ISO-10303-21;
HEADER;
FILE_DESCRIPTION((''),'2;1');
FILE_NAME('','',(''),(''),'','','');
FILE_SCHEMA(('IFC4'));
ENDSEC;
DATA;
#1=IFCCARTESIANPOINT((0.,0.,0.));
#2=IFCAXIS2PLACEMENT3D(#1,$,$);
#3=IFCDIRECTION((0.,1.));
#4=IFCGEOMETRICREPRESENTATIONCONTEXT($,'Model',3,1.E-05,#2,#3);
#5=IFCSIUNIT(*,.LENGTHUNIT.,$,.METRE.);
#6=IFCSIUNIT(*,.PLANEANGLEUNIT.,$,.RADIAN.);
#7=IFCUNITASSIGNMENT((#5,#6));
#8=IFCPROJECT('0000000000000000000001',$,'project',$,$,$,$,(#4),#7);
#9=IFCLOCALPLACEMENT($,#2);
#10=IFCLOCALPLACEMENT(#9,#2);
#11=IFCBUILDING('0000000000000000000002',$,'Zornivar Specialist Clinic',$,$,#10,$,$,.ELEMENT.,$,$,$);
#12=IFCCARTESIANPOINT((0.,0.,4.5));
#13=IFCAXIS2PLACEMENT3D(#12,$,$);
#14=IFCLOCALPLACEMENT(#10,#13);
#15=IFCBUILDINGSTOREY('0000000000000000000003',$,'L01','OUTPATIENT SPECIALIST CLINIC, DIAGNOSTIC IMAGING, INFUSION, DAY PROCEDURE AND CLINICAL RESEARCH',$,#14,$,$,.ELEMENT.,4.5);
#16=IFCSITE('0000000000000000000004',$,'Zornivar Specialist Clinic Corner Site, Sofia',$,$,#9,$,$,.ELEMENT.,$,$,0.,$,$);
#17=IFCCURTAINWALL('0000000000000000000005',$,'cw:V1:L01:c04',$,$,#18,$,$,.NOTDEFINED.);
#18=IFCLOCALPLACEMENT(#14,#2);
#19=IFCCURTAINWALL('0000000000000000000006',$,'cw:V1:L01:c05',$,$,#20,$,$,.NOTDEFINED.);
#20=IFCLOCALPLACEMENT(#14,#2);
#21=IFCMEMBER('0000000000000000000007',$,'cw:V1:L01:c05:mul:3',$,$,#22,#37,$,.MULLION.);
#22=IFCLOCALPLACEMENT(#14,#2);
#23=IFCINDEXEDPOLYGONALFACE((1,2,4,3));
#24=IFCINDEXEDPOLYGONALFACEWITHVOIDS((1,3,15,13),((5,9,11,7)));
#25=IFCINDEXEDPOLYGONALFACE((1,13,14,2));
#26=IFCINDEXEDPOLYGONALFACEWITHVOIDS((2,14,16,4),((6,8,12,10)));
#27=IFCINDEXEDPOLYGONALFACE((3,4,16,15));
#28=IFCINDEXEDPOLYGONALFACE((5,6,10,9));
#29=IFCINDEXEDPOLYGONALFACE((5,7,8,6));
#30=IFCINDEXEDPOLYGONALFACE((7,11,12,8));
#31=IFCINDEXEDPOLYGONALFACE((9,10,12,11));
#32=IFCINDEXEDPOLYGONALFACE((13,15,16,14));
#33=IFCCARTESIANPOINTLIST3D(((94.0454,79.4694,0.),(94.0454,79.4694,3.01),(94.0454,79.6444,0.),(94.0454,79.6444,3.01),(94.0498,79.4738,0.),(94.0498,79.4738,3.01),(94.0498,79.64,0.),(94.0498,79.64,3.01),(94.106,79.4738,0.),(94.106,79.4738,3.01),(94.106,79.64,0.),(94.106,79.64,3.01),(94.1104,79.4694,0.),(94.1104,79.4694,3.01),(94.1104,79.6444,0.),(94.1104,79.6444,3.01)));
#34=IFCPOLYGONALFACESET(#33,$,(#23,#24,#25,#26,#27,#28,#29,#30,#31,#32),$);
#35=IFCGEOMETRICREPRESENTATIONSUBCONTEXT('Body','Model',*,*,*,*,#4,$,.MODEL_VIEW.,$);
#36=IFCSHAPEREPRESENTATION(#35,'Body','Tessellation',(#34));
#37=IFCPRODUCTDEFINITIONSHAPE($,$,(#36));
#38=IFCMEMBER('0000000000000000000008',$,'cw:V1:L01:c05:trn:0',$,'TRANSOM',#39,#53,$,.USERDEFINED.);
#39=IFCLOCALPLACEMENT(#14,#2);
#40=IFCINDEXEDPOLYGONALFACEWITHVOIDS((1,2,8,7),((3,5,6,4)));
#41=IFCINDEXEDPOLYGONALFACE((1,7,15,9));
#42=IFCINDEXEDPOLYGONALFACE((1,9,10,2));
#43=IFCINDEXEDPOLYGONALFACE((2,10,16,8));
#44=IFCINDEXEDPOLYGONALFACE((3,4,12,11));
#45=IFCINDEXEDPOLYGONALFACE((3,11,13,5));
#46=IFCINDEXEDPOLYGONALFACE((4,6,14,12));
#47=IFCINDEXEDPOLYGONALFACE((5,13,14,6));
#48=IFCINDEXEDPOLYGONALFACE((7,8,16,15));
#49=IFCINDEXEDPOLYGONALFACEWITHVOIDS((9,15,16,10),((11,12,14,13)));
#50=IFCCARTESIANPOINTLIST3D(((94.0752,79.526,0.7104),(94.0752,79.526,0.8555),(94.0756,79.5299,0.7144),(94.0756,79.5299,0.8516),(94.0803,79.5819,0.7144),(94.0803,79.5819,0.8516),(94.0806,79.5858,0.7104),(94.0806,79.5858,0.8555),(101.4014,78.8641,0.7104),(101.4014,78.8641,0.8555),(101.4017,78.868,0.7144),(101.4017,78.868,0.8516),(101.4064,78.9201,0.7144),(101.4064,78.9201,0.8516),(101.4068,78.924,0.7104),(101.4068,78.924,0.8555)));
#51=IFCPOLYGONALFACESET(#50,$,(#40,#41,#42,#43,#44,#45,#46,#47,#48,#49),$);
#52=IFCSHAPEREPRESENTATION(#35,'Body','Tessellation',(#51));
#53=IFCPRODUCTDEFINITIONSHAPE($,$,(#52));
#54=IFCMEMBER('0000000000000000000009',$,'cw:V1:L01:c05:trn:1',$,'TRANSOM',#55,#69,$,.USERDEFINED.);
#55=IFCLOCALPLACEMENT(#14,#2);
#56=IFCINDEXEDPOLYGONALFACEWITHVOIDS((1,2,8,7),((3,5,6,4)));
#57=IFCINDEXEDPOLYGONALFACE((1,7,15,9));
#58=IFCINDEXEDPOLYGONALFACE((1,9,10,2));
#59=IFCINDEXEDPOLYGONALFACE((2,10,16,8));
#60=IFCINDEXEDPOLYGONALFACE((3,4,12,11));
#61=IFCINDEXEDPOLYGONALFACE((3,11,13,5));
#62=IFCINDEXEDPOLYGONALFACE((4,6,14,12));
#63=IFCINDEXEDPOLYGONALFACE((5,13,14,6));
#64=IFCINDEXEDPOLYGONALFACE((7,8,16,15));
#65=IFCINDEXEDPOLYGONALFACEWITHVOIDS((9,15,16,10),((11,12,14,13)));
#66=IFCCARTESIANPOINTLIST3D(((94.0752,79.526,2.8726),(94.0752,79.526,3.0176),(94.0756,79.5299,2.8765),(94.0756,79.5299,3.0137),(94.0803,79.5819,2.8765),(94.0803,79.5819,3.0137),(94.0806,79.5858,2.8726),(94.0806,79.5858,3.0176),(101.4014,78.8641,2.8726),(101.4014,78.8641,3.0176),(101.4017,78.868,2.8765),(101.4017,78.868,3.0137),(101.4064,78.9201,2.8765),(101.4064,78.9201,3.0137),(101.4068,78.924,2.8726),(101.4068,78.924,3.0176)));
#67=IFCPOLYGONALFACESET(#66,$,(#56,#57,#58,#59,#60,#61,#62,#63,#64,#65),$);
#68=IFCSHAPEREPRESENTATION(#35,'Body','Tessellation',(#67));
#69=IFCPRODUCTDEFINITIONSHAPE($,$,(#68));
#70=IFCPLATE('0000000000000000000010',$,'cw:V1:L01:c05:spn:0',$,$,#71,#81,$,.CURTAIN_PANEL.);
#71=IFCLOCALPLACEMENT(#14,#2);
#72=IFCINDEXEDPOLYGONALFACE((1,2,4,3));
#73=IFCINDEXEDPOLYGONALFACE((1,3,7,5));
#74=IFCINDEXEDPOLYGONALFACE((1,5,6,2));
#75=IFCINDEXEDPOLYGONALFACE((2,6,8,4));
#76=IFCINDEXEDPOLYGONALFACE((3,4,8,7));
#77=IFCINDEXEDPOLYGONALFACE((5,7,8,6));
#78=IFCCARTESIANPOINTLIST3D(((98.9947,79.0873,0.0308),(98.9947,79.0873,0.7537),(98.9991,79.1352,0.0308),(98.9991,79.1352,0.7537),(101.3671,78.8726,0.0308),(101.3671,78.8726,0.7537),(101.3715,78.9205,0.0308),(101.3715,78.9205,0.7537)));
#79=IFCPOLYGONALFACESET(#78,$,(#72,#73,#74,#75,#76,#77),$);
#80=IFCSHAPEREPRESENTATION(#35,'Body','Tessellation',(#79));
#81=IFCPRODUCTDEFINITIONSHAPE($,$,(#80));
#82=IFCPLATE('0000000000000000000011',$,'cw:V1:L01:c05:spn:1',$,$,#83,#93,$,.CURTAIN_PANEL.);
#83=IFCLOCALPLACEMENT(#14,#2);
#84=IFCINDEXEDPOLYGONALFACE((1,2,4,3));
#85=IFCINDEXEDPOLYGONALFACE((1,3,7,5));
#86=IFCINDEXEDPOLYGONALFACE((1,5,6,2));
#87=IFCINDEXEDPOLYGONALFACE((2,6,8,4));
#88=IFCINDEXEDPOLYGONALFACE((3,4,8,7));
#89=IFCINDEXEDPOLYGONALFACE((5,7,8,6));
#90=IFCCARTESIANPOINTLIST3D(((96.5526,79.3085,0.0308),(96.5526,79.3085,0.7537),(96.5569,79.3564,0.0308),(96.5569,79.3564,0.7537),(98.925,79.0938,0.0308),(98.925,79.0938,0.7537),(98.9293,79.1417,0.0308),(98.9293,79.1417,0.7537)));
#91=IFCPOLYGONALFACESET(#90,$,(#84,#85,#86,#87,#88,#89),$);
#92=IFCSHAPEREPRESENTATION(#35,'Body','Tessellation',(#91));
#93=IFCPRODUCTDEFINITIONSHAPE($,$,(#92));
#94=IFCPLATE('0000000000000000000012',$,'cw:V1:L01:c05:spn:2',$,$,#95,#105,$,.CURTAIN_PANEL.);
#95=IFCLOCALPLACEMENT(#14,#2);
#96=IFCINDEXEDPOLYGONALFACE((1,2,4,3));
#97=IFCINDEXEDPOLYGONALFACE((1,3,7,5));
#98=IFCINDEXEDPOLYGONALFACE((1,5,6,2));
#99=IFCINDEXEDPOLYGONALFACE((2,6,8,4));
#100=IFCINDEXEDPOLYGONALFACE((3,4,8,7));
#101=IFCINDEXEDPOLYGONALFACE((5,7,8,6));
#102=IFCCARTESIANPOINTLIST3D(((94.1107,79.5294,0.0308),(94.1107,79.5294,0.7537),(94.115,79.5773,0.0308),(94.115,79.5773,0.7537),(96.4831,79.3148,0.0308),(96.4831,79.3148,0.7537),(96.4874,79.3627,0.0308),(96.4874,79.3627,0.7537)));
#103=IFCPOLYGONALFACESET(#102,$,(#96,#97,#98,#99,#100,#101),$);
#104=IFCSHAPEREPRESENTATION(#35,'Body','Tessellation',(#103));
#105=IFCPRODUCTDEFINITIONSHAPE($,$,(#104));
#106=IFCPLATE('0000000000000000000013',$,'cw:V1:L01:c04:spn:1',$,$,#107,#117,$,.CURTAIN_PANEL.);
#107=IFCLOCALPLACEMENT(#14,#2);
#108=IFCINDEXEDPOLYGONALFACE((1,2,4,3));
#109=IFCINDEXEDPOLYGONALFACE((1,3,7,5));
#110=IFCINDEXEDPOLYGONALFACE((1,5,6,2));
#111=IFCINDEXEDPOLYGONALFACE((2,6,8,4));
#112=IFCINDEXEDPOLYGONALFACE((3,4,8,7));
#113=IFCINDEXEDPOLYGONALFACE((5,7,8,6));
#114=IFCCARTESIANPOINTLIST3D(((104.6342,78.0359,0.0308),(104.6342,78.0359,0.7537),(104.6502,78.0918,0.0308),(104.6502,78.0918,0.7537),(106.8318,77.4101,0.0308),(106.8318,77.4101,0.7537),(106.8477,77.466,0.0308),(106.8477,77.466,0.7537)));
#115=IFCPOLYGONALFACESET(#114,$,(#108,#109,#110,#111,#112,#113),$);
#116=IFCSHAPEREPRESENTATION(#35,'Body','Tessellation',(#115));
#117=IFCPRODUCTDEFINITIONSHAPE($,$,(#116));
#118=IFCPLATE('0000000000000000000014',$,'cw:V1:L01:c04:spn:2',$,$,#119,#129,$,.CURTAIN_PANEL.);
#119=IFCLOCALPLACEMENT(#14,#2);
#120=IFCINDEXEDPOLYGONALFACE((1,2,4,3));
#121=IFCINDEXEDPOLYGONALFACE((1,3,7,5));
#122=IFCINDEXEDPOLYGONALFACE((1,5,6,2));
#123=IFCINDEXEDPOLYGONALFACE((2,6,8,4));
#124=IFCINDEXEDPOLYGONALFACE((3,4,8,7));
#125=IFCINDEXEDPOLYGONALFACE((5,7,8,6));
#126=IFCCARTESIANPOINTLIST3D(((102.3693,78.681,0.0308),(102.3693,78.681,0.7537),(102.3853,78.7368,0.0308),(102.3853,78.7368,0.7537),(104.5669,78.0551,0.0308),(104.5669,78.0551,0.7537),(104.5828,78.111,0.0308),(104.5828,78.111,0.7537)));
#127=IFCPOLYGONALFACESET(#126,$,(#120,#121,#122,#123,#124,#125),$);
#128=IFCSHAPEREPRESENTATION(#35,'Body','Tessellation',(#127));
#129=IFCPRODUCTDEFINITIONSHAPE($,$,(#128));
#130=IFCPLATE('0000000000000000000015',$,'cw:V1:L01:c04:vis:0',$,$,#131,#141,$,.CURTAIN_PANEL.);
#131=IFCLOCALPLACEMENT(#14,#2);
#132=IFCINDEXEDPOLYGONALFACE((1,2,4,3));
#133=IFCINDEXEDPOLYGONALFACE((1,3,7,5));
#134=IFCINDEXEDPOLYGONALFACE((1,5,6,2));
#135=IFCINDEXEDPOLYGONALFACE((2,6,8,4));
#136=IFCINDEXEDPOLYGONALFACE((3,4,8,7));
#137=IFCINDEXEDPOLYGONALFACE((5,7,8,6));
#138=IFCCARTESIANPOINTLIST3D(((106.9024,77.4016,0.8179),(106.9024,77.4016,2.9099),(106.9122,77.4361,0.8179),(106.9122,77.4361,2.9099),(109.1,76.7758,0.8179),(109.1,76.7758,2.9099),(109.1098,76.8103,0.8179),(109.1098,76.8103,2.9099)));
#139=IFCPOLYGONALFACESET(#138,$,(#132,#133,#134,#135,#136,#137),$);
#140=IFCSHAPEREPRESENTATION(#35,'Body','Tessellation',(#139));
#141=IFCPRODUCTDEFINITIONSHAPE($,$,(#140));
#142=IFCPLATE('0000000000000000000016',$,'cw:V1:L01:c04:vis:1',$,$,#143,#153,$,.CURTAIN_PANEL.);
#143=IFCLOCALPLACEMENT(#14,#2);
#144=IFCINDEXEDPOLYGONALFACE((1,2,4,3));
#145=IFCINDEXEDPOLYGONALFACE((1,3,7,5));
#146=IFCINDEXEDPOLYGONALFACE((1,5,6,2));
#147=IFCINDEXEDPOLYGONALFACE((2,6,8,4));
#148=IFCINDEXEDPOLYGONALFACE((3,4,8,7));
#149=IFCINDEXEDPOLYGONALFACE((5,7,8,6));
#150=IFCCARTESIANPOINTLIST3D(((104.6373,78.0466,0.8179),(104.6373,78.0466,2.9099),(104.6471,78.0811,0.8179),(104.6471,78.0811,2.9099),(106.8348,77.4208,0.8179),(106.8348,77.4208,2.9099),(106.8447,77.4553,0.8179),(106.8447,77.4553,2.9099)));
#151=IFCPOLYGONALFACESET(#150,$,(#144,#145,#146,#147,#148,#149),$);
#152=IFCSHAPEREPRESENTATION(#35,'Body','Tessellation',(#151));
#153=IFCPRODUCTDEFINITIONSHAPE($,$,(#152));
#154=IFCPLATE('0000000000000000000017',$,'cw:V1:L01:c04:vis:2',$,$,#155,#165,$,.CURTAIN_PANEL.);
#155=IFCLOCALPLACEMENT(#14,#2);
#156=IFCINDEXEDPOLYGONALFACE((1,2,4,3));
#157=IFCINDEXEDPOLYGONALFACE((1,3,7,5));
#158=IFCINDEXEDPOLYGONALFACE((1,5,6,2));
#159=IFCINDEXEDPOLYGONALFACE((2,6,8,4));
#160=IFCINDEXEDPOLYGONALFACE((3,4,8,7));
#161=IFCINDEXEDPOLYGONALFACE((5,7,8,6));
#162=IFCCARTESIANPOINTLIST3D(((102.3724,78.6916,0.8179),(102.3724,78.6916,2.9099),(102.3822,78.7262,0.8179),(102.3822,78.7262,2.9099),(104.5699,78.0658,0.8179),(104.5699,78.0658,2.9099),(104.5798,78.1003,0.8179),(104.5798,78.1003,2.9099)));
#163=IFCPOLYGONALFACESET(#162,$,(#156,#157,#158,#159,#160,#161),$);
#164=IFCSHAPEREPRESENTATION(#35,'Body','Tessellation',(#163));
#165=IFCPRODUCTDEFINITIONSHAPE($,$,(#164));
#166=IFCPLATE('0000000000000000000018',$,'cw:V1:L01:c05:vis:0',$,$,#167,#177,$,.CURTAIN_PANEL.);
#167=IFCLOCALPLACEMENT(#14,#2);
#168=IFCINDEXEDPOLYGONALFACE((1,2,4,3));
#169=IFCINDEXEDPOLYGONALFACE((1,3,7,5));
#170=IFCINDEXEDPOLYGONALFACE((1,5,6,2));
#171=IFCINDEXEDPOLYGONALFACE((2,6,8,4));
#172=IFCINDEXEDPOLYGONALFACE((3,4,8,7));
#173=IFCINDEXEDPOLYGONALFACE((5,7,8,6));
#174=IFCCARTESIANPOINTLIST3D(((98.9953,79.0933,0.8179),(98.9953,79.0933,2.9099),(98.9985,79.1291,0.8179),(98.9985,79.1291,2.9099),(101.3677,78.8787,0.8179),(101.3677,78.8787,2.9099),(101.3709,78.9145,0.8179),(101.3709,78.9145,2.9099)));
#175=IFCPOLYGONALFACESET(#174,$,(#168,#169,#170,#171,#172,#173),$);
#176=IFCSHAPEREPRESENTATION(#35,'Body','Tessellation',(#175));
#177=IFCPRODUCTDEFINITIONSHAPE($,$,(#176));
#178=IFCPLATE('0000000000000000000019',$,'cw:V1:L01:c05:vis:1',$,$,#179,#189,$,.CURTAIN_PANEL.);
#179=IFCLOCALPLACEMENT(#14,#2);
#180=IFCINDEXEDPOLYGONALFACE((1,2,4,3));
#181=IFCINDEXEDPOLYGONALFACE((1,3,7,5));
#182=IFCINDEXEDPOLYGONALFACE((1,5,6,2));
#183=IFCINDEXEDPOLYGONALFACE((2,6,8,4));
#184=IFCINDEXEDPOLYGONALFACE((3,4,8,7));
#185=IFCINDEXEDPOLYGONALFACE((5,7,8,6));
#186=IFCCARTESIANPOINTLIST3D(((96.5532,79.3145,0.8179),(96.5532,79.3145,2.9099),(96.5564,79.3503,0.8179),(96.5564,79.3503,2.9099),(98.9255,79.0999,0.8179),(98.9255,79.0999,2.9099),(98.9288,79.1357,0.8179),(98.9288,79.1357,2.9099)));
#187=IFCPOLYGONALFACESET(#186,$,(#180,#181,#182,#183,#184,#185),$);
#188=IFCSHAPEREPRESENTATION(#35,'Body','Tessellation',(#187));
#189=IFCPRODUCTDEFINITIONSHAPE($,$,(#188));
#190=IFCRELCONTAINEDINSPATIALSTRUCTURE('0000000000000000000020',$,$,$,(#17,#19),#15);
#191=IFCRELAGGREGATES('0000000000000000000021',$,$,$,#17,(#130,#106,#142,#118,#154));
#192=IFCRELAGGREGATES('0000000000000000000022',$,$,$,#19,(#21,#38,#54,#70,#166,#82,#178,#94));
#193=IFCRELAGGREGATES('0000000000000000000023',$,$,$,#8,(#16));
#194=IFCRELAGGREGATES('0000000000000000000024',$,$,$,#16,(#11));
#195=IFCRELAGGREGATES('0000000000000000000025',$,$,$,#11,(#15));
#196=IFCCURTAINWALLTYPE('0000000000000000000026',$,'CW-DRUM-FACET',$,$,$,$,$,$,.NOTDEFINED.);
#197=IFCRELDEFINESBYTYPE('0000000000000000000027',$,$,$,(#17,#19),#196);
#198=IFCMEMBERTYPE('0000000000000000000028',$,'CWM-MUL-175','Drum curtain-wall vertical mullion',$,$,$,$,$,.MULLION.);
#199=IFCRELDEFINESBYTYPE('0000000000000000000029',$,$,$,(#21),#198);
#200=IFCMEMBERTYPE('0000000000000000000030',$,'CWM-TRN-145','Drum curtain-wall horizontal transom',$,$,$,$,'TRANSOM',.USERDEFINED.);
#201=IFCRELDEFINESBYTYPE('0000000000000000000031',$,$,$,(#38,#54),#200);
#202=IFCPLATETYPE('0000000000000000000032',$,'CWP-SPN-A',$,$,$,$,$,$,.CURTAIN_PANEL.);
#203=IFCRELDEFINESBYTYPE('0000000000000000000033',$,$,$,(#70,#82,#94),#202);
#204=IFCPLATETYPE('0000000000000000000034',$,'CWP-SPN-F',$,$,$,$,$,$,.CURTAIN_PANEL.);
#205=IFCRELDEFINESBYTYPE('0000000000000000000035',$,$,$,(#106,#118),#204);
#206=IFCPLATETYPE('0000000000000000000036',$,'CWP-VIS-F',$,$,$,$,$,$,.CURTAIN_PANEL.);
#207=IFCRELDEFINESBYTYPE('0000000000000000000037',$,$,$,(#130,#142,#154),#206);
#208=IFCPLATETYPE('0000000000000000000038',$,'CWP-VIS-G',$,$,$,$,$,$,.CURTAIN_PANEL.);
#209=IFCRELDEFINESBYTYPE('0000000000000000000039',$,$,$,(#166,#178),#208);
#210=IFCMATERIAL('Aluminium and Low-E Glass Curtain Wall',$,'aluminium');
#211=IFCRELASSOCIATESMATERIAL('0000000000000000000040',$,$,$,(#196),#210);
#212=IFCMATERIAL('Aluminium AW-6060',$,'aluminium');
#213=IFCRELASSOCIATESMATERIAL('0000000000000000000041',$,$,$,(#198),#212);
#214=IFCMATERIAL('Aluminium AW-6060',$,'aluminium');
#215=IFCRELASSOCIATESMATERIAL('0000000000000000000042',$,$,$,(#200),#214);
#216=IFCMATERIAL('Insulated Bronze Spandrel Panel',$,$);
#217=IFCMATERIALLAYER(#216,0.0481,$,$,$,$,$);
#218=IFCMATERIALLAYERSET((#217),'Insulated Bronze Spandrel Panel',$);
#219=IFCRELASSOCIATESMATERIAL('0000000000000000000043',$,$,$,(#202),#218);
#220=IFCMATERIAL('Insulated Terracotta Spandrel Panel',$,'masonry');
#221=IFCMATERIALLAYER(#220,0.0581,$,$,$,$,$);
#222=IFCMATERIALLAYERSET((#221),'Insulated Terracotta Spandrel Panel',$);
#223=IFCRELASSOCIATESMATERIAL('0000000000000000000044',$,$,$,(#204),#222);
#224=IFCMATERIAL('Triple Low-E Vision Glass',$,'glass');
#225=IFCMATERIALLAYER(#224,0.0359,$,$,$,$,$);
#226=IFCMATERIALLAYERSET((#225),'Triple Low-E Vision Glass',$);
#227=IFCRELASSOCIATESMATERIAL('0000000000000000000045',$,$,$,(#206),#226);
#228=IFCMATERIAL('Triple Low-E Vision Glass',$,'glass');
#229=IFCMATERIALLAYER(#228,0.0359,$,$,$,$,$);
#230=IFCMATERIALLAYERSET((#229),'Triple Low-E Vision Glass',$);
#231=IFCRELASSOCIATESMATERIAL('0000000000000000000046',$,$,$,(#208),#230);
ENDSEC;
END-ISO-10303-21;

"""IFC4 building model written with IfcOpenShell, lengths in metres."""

from ifc_helpers import new_model, si_unit, direction, frame, origin, origin_2d, place, context, subcontext, project, spatial, rectangle, hollow_rectangle, extrude, material, layer, layer_set, material_profile, profile_set, type_object, element, aggregate, save


model = new_model("IFC4")

# Units and contexts
model_context = context("Model", 3, precision=1e-05, world=origin(), true_north=direction((0.0, 1.0)))
body_context = subcontext(model_context, "Body", "Model", "MODEL_VIEW")
ifc_project = project(units=[si_unit("LENGTHUNIT", "METRE"), si_unit("PLANEANGLEUNIT", "RADIAN")], contexts=[model_context])

# Site, building, storey
site_placement = place(None, origin())
site = spatial("IfcSite", under=ifc_project, at=site_placement, Name="Zornivar Specialist Clinic Corner Site, Sofia", CompositionType="ELEMENT", RefElevation=0.0)
building_placement = place(site_placement, origin())
building = spatial("IfcBuilding", under=site, at=building_placement, Name="Zornivar Specialist Clinic", CompositionType="ELEMENT")
storey_placement = place(building_placement, frame((0.0, 0.0, 4.5)))
storey = spatial("IfcBuildingStorey", under=building, at=storey_placement, Name="L01", Description="OUTPATIENT SPECIALIST CLINIC, DIAGNOSTIC IMAGING, INFUSION, DAY PROCEDURE AND CLINICAL RESEARCH", CompositionType="ELEMENT", Elevation=4.5)

# Curtain wall
ifc_material_1 = material(Name="Aluminium and Low-E Glass Curtain Wall", Category="aluminium")
curtain_wall_type = type_object("IfcCurtainWallType", Name="CW-DRUM-FACET", PredefinedType="NOTDEFINED", material=ifc_material_1)
curtain_wall_1_placement = place(storey_placement, origin())
curtain_wall_1 = element("IfcCurtainWall", 1, at=curtain_wall_1_placement, inside=storey, type_object=curtain_wall_type, Name="cw:V1:L01:c04", PredefinedType="NOTDEFINED")
ifc_material_2 = material(Name="Aluminium AW-6060", Category="aluminium")
ifc_material_profile_1 = material_profile(ifc_material_2, hollow_rectangle(XDim=0.0649, YDim=0.175, WallThickness=0.0044, at=origin_2d()), Name="ALU 65x175x4.5")
ifc_profile_set_1 = profile_set([ifc_material_profile_1], Name="Aluminium AW-6060")
member_type_1 = type_object("IfcMemberType", Name="CWM-MUL-175", Description="Drum curtain-wall vertical mullion", PredefinedType="MULLION", material=ifc_profile_set_1)

# Curtain wall, members, plates
curtain_wall_2_placement = place(storey_placement, origin())
curtain_wall_2 = element("IfcCurtainWall", 2, at=curtain_wall_2_placement, inside=storey, type_object=curtain_wall_type, Name="cw:V1:L01:c05", PredefinedType="NOTDEFINED")
member_1_placement = place(storey_placement, frame((94.0779, 79.5569, 0.0), z_axis=(0.0, 0.0, 1.0), x_axis=(1.0, 0.0, 0.0)))
member_1 = element("IfcMember", 3, at=member_1_placement, type_object=member_type_1, Name="cw:V1:L01:c05:mul:3", PredefinedType="MULLION", context=body_context, shape_type="SweptSolid", body=[
    extrude(hollow_rectangle(XDim=0.0649, YDim=0.175, WallThickness=0.0044, at=origin_2d()), origin(), (0.0, 0.0, 1.0), 3.01),
])
ifc_material_3 = material(Name="Aluminium AW-6060", Category="aluminium")
ifc_material_profile_2 = material_profile(ifc_material_3, hollow_rectangle(XDim=0.0601, YDim=0.145, WallThickness=0.0039, at=origin_2d()), Name="ALU 60x145x4")
ifc_profile_set_2 = profile_set([ifc_material_profile_2], Name="Aluminium AW-6060")
member_type_2 = type_object("IfcMemberType", Name="CWM-TRN-145", Description="Drum curtain-wall horizontal transom", ElementType="TRANSOM", PredefinedType="USERDEFINED", material=ifc_profile_set_2)
member_2_placement = place(storey_placement, frame((101.4041, 78.894, 0.783), z_axis=(-0.995944, 0.089976, 0.0), x_axis=(-0.089976, -0.995944, 0.0)))
member_2 = element("IfcMember", 4, at=member_2_placement, type_object=member_type_2, Name="cw:V1:L01:c05:trn:0", ObjectType="TRANSOM", PredefinedType="USERDEFINED", context=body_context, shape_type="SweptSolid", body=[
    extrude(hollow_rectangle(XDim=0.0601, YDim=0.145, WallThickness=0.0039, at=origin_2d()), origin(), (0.0, 0.0, 1.0), 7.356),
])
member_3_placement = place(storey_placement, frame((101.4041, 78.894, 2.9451), z_axis=(-0.995944, 0.089976, 0.0), x_axis=(-0.089976, -0.995944, 0.0)))
member_3 = element("IfcMember", 5, at=member_3_placement, type_object=member_type_2, Name="cw:V1:L01:c05:trn:1", ObjectType="TRANSOM", PredefinedType="USERDEFINED", context=body_context, shape_type="SweptSolid", body=[
    extrude(hollow_rectangle(XDim=0.0601, YDim=0.145, WallThickness=0.0039, at=origin_2d()), origin(), (0.0, 0.0, 1.0), 7.356),
])
ifc_material_4 = material(Name="Insulated Bronze Spandrel Panel")
ifc_layer_1 = layer(ifc_material_4, 0.0481)
ifc_layer_set_1 = layer_set([ifc_layer_1], Name="Insulated Bronze Spandrel Panel")
plate_type_1 = type_object("IfcPlateType", Name="CWP-SPN-A", PredefinedType="CURTAIN_PANEL", material=ifc_layer_set_1)
plate_1_placement = place(storey_placement, frame((100.1831, 79.0039, 0.0308), z_axis=(0.0, 0.0, 1.0), x_axis=(-0.995933, 0.090099, 0.0)))
plate_1 = element("IfcPlate", 6, at=plate_1_placement, type_object=plate_type_1, Name="cw:V1:L01:c05:spn:0", PredefinedType="CURTAIN_PANEL", context=body_context, shape_type="SweptSolid", body=[
    extrude(rectangle(XDim=2.3821, YDim=0.0481, at=origin_2d()), origin(), (0.0, 0.0, 1.0), 0.7229),
])
plate_2_placement = place(storey_placement, frame((97.741, 79.2251, 0.0308), z_axis=(0.0, 0.0, 1.0), x_axis=(-0.995933, 0.090099, 0.0)))
plate_2 = element("IfcPlate", 7, at=plate_2_placement, type_object=plate_type_1, Name="cw:V1:L01:c05:spn:1", PredefinedType="CURTAIN_PANEL", context=body_context, shape_type="SweptSolid", body=[
    extrude(rectangle(XDim=2.3821, YDim=0.0481, at=origin_2d()), origin(), (0.0, 0.0, 1.0), 0.7229),
])
plate_3_placement = place(storey_placement, frame((95.2991, 79.446, 0.0308), z_axis=(0.0, 0.0, 1.0), x_axis=(-0.995933, 0.090099, 0.0)))
plate_3 = element("IfcPlate", 8, at=plate_3_placement, type_object=plate_type_1, Name="cw:V1:L01:c05:spn:2", PredefinedType="CURTAIN_PANEL", context=body_context, shape_type="SweptSolid", body=[
    extrude(rectangle(XDim=2.3821, YDim=0.0481, at=origin_2d()), origin(), (0.0, 0.0, 1.0), 0.7229),
])

# Plates
ifc_material_5 = material(Name="Insulated Terracotta Spandrel Panel", Category="masonry")
ifc_layer_2 = layer(ifc_material_5, 0.0581)
ifc_layer_set_2 = layer_set([ifc_layer_2], Name="Insulated Terracotta Spandrel Panel")
plate_type_2 = type_object("IfcPlateType", Name="CWP-SPN-F", PredefinedType="CURTAIN_PANEL", material=ifc_layer_set_2)
plate_4_placement = place(storey_placement, frame((105.741, 77.751, 0.0308), z_axis=(0.0, 0.0, 1.0), x_axis=(-0.961761, 0.273889, 0.0)))
plate_4 = element("IfcPlate", 9, at=plate_4_placement, type_object=plate_type_2, Name="cw:V1:L01:c04:spn:1", PredefinedType="CURTAIN_PANEL", context=body_context, shape_type="SweptSolid", body=[
    extrude(rectangle(XDim=2.2849, YDim=0.0581, at=origin_2d()), origin(), (0.0, 0.0, 1.0), 0.7229),
])
plate_5_placement = place(storey_placement, frame((103.4761, 78.396, 0.0308), z_axis=(0.0, 0.0, 1.0), x_axis=(-0.961761, 0.273889, 0.0)))
plate_5 = element("IfcPlate", 10, at=plate_5_placement, type_object=plate_type_2, Name="cw:V1:L01:c04:spn:2", PredefinedType="CURTAIN_PANEL", context=body_context, shape_type="SweptSolid", body=[
    extrude(rectangle(XDim=2.2849, YDim=0.0581, at=origin_2d()), origin(), (0.0, 0.0, 1.0), 0.7229),
])
ifc_material_6 = material(Name="Triple Low-E Vision Glass", Category="glass")
ifc_layer_3 = layer(ifc_material_6, 0.0359)
ifc_layer_set_3 = layer_set([ifc_layer_3], Name="Triple Low-E Vision Glass")
plate_type_3 = type_object("IfcPlateType", Name="CWP-VIS-F", PredefinedType="CURTAIN_PANEL", material=ifc_layer_set_3)
plate_6_placement = place(storey_placement, frame((108.0061, 77.106, 0.8179), z_axis=(0.0, 0.0, 1.0), x_axis=(-0.961761, 0.273889, 0.0)))
plate_6 = element("IfcPlate", 11, at=plate_6_placement, type_object=plate_type_3, Name="cw:V1:L01:c04:vis:0", PredefinedType="CURTAIN_PANEL", context=body_context, shape_type="SweptSolid", body=[
    extrude(rectangle(XDim=2.2849, YDim=0.0359, at=origin_2d()), origin(), (0.0, 0.0, 1.0), 2.092),
])
plate_7_placement = place(storey_placement, frame((105.741, 77.751, 0.8179), z_axis=(0.0, 0.0, 1.0), x_axis=(-0.961761, 0.273889, 0.0)))
plate_7 = element("IfcPlate", 12, at=plate_7_placement, type_object=plate_type_3, Name="cw:V1:L01:c04:vis:1", PredefinedType="CURTAIN_PANEL", context=body_context, shape_type="SweptSolid", body=[
    extrude(rectangle(XDim=2.2849, YDim=0.0359, at=origin_2d()), origin(), (0.0, 0.0, 1.0), 2.092),
])
plate_8_placement = place(storey_placement, frame((103.4761, 78.396, 0.8179), z_axis=(0.0, 0.0, 1.0), x_axis=(-0.961761, 0.273889, 0.0)))
plate_8 = element("IfcPlate", 13, at=plate_8_placement, type_object=plate_type_3, Name="cw:V1:L01:c04:vis:2", PredefinedType="CURTAIN_PANEL", context=body_context, shape_type="SweptSolid", body=[
    extrude(rectangle(XDim=2.2849, YDim=0.0359, at=origin_2d()), origin(), (0.0, 0.0, 1.0), 2.092),
])
aggregate(curtain_wall_1, [plate_6, plate_4, plate_7, plate_5, plate_8])
ifc_material_7 = material(Name="Triple Low-E Vision Glass", Category="glass")
ifc_layer_4 = layer(ifc_material_7, 0.0359)
ifc_layer_set_4 = layer_set([ifc_layer_4], Name="Triple Low-E Vision Glass")
plate_type_4 = type_object("IfcPlateType", Name="CWP-VIS-G", PredefinedType="CURTAIN_PANEL", material=ifc_layer_set_4)
plate_9_placement = place(storey_placement, frame((100.1831, 79.0039, 0.8179), z_axis=(0.0, 0.0, 1.0), x_axis=(-0.995933, 0.090099, 0.0)))
plate_9 = element("IfcPlate", 14, at=plate_9_placement, type_object=plate_type_4, Name="cw:V1:L01:c05:vis:0", PredefinedType="CURTAIN_PANEL", context=body_context, shape_type="SweptSolid", body=[
    extrude(rectangle(XDim=2.3821, YDim=0.0359, at=origin_2d()), origin(), (0.0, 0.0, 1.0), 2.092),
])
plate_10_placement = place(storey_placement, frame((97.741, 79.2251, 0.8179), z_axis=(0.0, 0.0, 1.0), x_axis=(-0.995933, 0.090099, 0.0)))
plate_10 = element("IfcPlate", 15, at=plate_10_placement, type_object=plate_type_4, Name="cw:V1:L01:c05:vis:1", PredefinedType="CURTAIN_PANEL", context=body_context, shape_type="SweptSolid", body=[
    extrude(rectangle(XDim=2.3821, YDim=0.0359, at=origin_2d()), origin(), (0.0, 0.0, 1.0), 2.092),
])
aggregate(curtain_wall_2, [member_1, member_2, member_3, plate_1, plate_9, plate_2, plate_10, plate_3])

save(model, "model.ifc")
